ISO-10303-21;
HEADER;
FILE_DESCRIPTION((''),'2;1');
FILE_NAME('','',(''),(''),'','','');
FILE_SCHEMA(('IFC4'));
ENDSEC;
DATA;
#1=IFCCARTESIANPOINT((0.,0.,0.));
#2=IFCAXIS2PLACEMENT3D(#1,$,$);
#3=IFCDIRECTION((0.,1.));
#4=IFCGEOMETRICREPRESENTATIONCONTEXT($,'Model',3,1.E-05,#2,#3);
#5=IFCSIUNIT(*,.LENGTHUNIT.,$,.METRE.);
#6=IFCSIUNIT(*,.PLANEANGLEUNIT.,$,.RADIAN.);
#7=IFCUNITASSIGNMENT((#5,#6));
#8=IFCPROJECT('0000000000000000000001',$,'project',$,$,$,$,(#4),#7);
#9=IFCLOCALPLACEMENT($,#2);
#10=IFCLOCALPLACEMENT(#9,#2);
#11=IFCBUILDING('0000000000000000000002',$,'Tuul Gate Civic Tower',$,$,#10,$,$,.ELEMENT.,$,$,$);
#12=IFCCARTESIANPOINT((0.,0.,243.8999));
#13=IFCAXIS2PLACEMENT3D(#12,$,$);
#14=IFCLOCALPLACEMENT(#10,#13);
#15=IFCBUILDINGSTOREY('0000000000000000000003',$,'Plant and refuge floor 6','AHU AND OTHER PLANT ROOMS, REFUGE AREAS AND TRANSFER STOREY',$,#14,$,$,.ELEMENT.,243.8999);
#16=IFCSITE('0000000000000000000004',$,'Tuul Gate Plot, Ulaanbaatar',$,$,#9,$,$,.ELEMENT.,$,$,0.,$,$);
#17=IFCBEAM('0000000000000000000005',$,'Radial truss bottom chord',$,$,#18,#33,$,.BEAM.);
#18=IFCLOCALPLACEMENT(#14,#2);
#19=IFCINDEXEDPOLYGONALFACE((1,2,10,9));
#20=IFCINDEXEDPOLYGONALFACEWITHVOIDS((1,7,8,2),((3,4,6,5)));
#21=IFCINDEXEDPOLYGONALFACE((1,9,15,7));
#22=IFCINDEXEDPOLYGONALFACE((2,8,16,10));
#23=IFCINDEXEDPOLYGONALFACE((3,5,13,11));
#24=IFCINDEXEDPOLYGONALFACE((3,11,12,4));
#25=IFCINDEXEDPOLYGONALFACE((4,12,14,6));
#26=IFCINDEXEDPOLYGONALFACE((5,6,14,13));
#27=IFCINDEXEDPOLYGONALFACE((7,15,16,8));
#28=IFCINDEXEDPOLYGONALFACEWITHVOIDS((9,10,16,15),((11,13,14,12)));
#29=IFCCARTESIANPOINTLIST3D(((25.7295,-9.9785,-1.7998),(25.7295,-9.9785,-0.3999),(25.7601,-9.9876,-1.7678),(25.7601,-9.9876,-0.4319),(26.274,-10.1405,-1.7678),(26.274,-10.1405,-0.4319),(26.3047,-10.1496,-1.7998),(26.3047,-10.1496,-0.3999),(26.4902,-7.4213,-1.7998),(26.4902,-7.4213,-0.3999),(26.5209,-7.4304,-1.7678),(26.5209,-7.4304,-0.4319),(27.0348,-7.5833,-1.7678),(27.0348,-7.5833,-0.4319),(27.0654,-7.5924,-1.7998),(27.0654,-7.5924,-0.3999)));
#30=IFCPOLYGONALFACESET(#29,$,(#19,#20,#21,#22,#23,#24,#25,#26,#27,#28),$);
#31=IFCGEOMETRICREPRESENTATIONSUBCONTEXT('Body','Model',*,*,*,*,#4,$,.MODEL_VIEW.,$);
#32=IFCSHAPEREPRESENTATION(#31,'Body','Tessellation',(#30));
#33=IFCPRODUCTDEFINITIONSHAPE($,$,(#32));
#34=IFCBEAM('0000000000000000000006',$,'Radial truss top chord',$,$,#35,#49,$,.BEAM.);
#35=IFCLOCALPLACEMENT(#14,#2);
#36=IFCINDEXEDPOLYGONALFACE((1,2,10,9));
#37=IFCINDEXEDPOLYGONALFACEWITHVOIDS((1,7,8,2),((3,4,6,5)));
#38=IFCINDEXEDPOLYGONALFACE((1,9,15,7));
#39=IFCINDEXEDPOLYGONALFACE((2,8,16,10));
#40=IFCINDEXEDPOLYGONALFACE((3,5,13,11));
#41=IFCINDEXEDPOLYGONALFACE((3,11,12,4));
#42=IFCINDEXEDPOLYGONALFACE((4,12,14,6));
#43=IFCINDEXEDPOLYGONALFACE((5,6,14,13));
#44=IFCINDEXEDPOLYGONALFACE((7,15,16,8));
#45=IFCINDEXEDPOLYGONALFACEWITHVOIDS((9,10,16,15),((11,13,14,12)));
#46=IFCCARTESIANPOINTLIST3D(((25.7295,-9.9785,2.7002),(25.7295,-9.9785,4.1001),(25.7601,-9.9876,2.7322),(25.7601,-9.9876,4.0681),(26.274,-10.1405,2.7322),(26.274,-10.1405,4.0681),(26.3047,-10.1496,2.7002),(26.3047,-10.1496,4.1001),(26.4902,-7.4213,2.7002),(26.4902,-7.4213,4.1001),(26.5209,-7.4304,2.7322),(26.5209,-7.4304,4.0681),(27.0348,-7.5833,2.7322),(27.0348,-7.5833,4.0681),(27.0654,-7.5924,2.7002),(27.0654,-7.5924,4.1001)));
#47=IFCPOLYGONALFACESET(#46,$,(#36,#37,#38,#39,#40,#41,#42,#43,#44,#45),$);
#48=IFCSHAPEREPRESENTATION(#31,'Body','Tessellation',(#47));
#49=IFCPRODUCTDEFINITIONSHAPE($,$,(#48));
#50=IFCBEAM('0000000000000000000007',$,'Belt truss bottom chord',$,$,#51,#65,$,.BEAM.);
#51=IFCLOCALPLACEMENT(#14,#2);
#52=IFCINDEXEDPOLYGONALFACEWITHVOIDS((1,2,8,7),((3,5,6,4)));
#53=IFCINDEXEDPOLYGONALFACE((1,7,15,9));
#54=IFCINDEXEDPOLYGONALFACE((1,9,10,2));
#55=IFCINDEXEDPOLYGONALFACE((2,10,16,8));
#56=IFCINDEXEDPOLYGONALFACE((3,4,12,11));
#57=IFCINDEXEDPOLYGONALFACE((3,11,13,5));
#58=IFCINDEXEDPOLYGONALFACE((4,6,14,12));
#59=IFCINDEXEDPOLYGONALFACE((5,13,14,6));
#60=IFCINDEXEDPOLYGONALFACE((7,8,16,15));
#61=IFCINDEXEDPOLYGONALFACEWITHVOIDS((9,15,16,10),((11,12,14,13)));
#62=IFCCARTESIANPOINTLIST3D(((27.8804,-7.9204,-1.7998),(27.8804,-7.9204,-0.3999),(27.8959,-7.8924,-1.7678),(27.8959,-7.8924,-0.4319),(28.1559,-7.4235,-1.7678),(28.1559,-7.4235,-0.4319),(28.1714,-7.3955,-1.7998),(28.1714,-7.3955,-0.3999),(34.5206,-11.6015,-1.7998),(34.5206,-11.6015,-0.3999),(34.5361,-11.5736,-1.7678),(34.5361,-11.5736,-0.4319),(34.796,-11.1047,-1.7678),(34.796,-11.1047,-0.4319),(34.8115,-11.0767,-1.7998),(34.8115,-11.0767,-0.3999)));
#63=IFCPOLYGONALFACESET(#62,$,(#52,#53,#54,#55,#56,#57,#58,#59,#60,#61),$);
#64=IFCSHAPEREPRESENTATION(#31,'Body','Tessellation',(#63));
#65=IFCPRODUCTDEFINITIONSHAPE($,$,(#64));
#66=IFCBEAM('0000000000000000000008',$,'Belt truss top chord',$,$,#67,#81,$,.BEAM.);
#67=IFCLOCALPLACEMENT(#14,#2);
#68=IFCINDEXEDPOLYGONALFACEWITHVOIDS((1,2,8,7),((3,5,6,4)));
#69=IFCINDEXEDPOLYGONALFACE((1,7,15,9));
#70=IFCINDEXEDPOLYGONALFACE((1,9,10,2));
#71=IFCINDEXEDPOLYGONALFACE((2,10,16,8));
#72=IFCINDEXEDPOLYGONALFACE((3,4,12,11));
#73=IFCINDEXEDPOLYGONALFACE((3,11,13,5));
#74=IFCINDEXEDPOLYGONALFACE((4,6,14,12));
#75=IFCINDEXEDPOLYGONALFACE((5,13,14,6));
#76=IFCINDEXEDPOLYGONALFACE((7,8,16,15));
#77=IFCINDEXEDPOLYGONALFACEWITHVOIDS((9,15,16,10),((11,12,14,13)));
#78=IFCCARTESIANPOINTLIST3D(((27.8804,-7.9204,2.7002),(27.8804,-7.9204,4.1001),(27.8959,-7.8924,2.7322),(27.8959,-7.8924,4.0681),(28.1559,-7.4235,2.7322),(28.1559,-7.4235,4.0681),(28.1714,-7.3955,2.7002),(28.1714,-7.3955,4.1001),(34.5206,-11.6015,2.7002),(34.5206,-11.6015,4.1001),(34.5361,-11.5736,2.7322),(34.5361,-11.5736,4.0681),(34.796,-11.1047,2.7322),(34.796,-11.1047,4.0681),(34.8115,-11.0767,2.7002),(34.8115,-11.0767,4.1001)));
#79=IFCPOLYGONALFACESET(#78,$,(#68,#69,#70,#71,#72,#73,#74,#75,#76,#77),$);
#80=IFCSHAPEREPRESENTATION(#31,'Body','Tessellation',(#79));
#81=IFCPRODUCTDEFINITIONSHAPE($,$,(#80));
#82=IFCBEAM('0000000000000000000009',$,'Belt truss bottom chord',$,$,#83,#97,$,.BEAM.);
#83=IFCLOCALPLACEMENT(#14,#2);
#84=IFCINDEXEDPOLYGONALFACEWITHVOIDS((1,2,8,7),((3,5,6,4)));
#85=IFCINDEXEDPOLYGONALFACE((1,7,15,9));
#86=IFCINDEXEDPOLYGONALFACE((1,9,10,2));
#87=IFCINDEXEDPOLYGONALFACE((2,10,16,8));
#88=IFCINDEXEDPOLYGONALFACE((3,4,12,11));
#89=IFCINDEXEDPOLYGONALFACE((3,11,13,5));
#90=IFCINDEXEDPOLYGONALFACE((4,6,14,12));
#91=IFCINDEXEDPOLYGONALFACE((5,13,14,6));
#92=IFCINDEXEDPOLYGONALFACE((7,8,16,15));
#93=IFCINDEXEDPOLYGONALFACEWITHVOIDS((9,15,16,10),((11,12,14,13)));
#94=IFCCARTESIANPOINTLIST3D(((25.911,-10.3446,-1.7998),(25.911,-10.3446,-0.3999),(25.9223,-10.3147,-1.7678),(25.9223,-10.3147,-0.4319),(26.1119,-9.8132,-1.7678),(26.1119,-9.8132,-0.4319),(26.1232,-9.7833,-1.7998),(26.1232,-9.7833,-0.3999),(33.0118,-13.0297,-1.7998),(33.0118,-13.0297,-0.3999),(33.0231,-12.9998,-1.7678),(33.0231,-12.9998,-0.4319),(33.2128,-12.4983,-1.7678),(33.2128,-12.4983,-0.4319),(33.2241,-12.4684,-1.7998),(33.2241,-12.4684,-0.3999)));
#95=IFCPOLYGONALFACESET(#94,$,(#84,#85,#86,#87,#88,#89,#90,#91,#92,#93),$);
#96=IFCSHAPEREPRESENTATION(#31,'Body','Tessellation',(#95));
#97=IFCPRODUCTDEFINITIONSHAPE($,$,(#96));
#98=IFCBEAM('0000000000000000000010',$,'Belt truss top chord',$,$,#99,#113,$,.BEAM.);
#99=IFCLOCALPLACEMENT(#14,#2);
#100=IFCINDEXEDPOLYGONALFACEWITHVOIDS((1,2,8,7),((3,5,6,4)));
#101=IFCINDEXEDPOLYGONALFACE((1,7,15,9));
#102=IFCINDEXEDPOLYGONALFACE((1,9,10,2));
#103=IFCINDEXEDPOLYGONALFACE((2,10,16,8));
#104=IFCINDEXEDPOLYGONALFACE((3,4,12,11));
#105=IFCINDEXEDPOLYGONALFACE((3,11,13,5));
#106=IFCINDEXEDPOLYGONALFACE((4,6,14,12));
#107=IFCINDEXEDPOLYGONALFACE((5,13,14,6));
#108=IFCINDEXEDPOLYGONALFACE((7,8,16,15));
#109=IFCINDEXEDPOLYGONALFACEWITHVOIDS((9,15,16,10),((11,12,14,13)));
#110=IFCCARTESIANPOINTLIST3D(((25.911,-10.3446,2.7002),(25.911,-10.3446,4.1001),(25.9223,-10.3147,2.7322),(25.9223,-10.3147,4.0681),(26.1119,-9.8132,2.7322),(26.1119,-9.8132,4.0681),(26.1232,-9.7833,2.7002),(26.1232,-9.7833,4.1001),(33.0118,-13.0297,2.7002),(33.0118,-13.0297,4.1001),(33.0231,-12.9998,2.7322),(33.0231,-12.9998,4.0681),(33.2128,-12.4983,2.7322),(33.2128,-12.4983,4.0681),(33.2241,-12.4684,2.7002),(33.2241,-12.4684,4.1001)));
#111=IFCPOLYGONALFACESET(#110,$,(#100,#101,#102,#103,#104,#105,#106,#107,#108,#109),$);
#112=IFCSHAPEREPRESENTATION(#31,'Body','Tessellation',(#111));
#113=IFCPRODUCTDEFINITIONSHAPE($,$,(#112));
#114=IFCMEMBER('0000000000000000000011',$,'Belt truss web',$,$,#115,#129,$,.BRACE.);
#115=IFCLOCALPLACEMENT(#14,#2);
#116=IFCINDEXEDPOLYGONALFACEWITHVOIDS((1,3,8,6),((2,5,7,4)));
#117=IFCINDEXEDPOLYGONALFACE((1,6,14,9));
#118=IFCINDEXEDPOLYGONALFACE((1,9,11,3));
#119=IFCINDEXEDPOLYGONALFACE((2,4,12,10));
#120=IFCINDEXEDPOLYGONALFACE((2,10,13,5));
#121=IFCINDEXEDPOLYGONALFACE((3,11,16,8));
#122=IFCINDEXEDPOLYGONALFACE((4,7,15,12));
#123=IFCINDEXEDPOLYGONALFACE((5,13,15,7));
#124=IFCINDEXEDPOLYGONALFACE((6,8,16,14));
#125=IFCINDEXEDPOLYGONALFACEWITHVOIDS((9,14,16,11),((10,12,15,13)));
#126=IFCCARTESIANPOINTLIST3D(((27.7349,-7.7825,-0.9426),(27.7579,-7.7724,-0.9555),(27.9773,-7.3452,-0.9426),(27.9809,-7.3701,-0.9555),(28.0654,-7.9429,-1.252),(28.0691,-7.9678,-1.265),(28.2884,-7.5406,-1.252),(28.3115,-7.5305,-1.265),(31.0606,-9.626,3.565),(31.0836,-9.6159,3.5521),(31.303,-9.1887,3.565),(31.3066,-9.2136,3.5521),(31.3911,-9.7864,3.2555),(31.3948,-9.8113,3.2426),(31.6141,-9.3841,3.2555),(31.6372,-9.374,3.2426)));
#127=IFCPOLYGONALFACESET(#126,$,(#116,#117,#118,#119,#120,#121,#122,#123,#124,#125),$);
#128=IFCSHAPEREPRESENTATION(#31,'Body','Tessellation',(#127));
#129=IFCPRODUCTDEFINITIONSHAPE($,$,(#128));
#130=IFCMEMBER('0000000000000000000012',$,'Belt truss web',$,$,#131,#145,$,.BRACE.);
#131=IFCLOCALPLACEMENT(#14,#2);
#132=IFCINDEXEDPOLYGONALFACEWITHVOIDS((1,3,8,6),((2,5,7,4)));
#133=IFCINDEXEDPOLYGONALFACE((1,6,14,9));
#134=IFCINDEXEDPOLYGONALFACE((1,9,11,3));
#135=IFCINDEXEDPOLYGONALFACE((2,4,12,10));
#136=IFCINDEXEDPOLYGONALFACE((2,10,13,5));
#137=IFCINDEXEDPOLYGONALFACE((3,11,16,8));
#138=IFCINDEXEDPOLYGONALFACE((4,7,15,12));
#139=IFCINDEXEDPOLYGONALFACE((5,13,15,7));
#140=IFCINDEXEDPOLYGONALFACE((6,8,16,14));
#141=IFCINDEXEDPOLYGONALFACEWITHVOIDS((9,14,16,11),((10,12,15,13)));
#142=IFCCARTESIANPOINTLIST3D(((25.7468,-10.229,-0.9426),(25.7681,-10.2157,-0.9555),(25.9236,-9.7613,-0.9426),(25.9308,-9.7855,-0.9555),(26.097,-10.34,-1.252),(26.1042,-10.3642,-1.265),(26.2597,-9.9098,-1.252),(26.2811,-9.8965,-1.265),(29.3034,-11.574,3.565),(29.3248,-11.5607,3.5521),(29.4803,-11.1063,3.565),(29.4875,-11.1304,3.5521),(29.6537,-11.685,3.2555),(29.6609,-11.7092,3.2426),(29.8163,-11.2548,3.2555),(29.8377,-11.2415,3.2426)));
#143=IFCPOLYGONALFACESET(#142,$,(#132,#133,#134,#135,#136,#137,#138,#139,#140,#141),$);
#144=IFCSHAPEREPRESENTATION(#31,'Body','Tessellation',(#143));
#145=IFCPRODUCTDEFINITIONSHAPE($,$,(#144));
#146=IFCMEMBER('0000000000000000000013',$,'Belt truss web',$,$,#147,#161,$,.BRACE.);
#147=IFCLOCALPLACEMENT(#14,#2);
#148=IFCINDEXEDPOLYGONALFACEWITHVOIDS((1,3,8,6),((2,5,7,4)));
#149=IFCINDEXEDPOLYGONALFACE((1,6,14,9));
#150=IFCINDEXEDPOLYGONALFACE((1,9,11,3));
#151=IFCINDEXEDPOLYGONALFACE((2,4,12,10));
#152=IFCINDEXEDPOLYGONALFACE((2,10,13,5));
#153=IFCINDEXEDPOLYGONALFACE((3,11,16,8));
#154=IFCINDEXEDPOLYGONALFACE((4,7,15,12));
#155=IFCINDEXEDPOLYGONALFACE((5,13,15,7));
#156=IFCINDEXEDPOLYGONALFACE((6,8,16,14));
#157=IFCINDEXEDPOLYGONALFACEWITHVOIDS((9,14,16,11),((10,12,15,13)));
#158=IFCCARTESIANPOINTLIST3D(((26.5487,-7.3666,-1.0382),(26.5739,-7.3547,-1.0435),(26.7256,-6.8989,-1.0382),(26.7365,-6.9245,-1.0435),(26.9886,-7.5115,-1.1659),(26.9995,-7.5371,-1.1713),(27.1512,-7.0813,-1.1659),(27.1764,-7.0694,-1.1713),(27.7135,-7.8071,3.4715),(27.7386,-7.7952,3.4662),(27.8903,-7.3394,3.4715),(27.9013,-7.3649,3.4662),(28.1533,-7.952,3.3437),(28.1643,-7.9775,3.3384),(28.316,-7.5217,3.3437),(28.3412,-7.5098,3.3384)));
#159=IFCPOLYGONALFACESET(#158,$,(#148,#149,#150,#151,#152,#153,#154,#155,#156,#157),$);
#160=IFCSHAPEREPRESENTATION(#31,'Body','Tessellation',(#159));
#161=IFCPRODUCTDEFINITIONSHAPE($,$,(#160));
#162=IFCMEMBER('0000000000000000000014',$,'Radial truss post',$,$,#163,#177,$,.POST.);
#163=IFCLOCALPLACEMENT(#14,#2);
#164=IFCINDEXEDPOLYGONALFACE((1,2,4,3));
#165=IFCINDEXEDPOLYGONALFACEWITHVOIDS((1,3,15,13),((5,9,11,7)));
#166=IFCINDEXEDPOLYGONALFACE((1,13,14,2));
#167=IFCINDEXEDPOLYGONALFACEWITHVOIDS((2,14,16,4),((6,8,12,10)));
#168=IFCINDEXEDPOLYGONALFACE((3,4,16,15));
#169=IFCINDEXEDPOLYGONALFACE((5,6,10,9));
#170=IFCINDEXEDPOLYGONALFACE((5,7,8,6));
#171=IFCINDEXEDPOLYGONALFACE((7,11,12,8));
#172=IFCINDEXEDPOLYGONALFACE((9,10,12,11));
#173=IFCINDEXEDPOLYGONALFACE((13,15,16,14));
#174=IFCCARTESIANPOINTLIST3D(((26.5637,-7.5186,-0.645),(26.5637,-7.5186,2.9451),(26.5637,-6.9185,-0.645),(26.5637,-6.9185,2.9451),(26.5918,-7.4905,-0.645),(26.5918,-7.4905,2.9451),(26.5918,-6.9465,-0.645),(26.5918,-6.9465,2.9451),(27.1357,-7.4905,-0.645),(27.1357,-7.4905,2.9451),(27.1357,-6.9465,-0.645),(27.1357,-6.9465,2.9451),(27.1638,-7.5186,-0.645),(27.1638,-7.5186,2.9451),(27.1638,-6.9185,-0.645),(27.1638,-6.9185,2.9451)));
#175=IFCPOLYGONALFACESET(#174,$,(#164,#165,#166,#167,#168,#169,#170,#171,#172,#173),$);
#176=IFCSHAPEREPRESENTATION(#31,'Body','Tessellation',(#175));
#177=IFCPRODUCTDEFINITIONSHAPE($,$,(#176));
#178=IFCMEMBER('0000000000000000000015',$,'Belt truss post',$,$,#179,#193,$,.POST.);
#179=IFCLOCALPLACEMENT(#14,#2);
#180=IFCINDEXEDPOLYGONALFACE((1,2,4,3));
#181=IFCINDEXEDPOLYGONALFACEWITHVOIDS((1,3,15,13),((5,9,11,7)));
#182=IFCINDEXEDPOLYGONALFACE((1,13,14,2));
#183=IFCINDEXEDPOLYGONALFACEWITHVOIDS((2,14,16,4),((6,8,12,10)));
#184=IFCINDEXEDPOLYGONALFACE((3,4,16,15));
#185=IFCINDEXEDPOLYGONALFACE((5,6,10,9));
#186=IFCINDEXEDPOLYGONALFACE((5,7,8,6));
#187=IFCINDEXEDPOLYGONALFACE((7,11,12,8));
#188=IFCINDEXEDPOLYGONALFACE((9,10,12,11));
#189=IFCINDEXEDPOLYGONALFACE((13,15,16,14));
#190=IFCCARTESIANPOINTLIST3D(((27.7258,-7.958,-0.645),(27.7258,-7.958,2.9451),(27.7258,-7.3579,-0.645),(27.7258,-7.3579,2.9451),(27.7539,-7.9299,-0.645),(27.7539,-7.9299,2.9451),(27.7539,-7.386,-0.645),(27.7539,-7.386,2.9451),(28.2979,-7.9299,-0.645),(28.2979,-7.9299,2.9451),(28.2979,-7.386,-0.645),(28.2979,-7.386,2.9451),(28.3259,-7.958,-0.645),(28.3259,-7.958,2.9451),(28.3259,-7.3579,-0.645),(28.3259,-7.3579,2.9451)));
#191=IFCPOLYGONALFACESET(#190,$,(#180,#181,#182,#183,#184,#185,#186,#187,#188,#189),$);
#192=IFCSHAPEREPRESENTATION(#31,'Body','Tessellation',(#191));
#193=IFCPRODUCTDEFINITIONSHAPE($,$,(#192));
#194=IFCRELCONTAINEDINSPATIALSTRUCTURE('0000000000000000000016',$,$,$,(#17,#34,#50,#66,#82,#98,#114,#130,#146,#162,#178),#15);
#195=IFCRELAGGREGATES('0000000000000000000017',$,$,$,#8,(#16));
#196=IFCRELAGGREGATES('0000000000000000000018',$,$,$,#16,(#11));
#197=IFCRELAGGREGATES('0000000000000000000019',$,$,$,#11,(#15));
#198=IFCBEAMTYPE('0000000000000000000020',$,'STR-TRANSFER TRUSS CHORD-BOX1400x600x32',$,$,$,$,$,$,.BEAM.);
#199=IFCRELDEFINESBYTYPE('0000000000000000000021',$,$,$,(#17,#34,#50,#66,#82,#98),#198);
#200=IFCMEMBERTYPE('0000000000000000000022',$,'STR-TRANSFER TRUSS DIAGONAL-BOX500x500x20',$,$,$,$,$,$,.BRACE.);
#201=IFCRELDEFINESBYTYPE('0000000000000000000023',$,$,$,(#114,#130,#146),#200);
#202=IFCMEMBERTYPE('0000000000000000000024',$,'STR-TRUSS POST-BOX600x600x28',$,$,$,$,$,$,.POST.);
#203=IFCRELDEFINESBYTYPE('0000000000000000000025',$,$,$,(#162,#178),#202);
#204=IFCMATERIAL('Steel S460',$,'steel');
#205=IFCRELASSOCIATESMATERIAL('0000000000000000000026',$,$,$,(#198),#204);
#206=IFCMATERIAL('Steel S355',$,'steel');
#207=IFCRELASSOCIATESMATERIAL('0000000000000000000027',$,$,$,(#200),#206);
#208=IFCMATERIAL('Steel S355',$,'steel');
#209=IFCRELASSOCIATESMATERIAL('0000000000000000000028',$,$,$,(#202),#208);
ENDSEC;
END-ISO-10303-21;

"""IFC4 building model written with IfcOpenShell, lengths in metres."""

from ifc_helpers import new_model, si_unit, direction, frame, origin, origin_2d, place, context, subcontext, project, spatial, hollow_rectangle, extrude, material, material_profile, profile_set, type_object, element, save


model = new_model("IFC4")

# Units and contexts
model_context = context("Model", 3, precision=1e-05, world=origin(), true_north=direction((0.0, 1.0)))
body_context = subcontext(model_context, "Body", "Model", "MODEL_VIEW")
ifc_project = project(units=[si_unit("LENGTHUNIT", "METRE"), si_unit("PLANEANGLEUNIT", "RADIAN")], contexts=[model_context])

# Site, building, storey
site_placement = place(None, origin())
site = spatial("IfcSite", under=ifc_project, at=site_placement, Name="Tuul Gate Plot, Ulaanbaatar", CompositionType="ELEMENT", RefElevation=0.0)
building_placement = place(site_placement, origin())
building = spatial("IfcBuilding", under=site, at=building_placement, Name="Tuul Gate Civic Tower", CompositionType="ELEMENT")
storey_placement = place(building_placement, frame((0.0, 0.0, 243.8999)))
storey = spatial("IfcBuildingStorey", under=building, at=storey_placement, Name="Plant and refuge floor 6", Description="AHU AND OTHER PLANT ROOMS, REFUGE AREAS AND TRANSFER STOREY", CompositionType="ELEMENT", Elevation=243.8999)

# Beams
ifc_material_1 = material(Name="Steel S460", Category="steel")
ifc_material_profile_1 = material_profile(ifc_material_1, hollow_rectangle(XDim=0.6001, YDim=1.3999, WallThickness=0.032, at=origin_2d()), Name="BOX1400x600x32")
ifc_profile_set_1 = profile_set([ifc_material_profile_1], Name="Steel S460")
beam_type = type_object("IfcBeamType", Name="STR-TRANSFER TRUSS CHORD-BOX1400x600x32", PredefinedType="BEAM", material=ifc_profile_set_1)
for number, where, z_axis, x_axis, name in (
    (1, (26.7778, -7.5068, -1.0999), (-0.285148, -0.958484, 0.0), (0.958484, -0.285148, 0.0), "Radial truss bottom chord"),
    (2, (26.7778, -7.5068, 3.4001), (-0.285148, -0.958484, 0.0), (0.958484, -0.285148, 0.0), "Radial truss top chord"),
):
    element("IfcBeam", number, at=place(storey_placement, frame(where, z_axis=z_axis, x_axis=x_axis)), inside=storey, type_object=beam_type, Name=name, PredefinedType="BEAM", context=body_context, shape_type="SweptSolid", body=[
        extrude(hollow_rectangle(XDim=0.6001, YDim=1.3999, WallThickness=0.032, at=origin_2d()), origin(), (0.0, 0.0, 1.0), 2.668),
    ])
for number, where, z_axis, x_axis, name in (
    (3, (28.0259, -7.658, -1.0999), (0.874594, -0.484856, 0.0), (0.484856, 0.874594, 0.0), "Belt truss bottom chord"),
    (4, (28.0259, -7.658, 3.4001), (0.874594, -0.484856, 0.0), (0.484856, 0.874594, 0.0), "Belt truss top chord"),
):
    element("IfcBeam", number, at=place(storey_placement, frame(where, z_axis=z_axis, x_axis=x_axis)), inside=storey, type_object=beam_type, Name=name, PredefinedType="BEAM", context=body_context, shape_type="SweptSolid", body=[
        extrude(hollow_rectangle(XDim=0.6001, YDim=1.3999, WallThickness=0.032, at=origin_2d()), origin(), (0.0, 0.0, 1.0), 7.5923),
    ])
for number, where, z_axis, x_axis, name in (
    (5, (26.0171, -10.064, -1.0999), (0.935362, -0.353691, 0.0), (0.353691, 0.935362, 0.0), "Belt truss bottom chord"),
    (6, (26.0171, -10.064, 3.4001), (0.935362, -0.353691, 0.0), (0.353691, 0.935362, 0.0), "Belt truss top chord"),
):
    element("IfcBeam", number, at=place(storey_placement, frame(where, z_axis=z_axis, x_axis=x_axis)), inside=storey, type_object=beam_type, Name=name, PredefinedType="BEAM", context=body_context, shape_type="SweptSolid", body=[
        extrude(hollow_rectangle(XDim=0.6001, YDim=1.3999, WallThickness=0.032, at=origin_2d()), origin(), (0.0, 0.0, 1.0), 7.5916),
    ])

# Members
ifc_material_2 = material(Name="Steel S355", Category="steel")
ifc_material_profile_2 = material_profile(ifc_material_2, hollow_rectangle(XDim=0.5, YDim=0.5, WallThickness=0.02, at=origin_2d()), Name="BOX500x500x20")
ifc_profile_set_2 = profile_set([ifc_material_profile_2], Name="Steel S355")
member_type_1 = type_object("IfcMemberType", Name="STR-TRANSFER TRUSS DIAGONAL-BOX500x500x20", PredefinedType="BRACE", material=ifc_profile_set_2)
for number, where, z_axis, x_axis, name in (
    (7, (28.0232, -7.6565, -1.1038), (0.563944, -0.312607, 0.764359), (0.48482, 0.874614, 0.0), "Belt truss web"),
    (8, (26.0139, -10.0627, -1.1038), (0.603108, -0.22807, 0.764359), (0.353711, 0.935355, 0.0), "Belt truss web"),
):
    element("IfcMember", number, at=place(storey_placement, frame(where, z_axis=z_axis, x_axis=x_axis)), inside=storey, type_object=member_type_1, Name=name, PredefinedType="BRACE", context=body_context, shape_type="SweptSolid", body=[
        extrude(hollow_rectangle(XDim=0.5, YDim=0.5, WallThickness=0.02, at=origin_2d()), origin(), (0.0, 0.0, 1.0), 5.8972),
    ])
member_placement = place(storey_placement, frame((26.8625, -7.218, -1.1047), z_axis=(0.248966, -0.094138, 0.963926), x_axis=(0.353679, 0.935367, 0.0)))
element("IfcMember", 9, at=member_placement, inside=storey, type_object=member_type_1, Name="Belt truss web", PredefinedType="BRACE", context=body_context, shape_type="SweptSolid", body=[
    extrude(hollow_rectangle(XDim=0.5, YDim=0.5, WallThickness=0.02, at=origin_2d()), origin(), (0.0, 0.0, 1.0), 4.6785),
])
ifc_material_3 = material(Name="Steel S355", Category="steel")
ifc_material_profile_3 = material_profile(ifc_material_3, hollow_rectangle(XDim=0.6001, YDim=0.6001, WallThickness=0.0281, at=origin_2d()), Name="BOX600x600x28")
ifc_profile_set_3 = profile_set([ifc_material_profile_3], Name="Steel S355")
member_type_2 = type_object("IfcMemberType", Name="STR-TRUSS POST-BOX600x600x28", PredefinedType="POST", material=ifc_profile_set_3)
for number, where, z_axis, x_axis, name in (
    (10, (26.8638, -7.2185, -0.645), (0.0, 0.0, 1.0), (1.0, 0.0, 0.0), "Radial truss post"),
    (11, (28.0259, -7.658, -0.645), (0.0, 0.0, 1.0), (1.0, 0.0, 0.0), "Belt truss post"),
):
    element("IfcMember", number, at=place(storey_placement, frame(where, z_axis=z_axis, x_axis=x_axis)), inside=storey, type_object=member_type_2, Name=name, PredefinedType="POST", context=body_context, shape_type="SweptSolid", body=[
        extrude(hollow_rectangle(XDim=0.6001, YDim=0.6001, WallThickness=0.0281, at=origin_2d()), origin(), (0.0, 0.0, 1.0), 3.5901),
    ])

save(model, "model.ifc")
